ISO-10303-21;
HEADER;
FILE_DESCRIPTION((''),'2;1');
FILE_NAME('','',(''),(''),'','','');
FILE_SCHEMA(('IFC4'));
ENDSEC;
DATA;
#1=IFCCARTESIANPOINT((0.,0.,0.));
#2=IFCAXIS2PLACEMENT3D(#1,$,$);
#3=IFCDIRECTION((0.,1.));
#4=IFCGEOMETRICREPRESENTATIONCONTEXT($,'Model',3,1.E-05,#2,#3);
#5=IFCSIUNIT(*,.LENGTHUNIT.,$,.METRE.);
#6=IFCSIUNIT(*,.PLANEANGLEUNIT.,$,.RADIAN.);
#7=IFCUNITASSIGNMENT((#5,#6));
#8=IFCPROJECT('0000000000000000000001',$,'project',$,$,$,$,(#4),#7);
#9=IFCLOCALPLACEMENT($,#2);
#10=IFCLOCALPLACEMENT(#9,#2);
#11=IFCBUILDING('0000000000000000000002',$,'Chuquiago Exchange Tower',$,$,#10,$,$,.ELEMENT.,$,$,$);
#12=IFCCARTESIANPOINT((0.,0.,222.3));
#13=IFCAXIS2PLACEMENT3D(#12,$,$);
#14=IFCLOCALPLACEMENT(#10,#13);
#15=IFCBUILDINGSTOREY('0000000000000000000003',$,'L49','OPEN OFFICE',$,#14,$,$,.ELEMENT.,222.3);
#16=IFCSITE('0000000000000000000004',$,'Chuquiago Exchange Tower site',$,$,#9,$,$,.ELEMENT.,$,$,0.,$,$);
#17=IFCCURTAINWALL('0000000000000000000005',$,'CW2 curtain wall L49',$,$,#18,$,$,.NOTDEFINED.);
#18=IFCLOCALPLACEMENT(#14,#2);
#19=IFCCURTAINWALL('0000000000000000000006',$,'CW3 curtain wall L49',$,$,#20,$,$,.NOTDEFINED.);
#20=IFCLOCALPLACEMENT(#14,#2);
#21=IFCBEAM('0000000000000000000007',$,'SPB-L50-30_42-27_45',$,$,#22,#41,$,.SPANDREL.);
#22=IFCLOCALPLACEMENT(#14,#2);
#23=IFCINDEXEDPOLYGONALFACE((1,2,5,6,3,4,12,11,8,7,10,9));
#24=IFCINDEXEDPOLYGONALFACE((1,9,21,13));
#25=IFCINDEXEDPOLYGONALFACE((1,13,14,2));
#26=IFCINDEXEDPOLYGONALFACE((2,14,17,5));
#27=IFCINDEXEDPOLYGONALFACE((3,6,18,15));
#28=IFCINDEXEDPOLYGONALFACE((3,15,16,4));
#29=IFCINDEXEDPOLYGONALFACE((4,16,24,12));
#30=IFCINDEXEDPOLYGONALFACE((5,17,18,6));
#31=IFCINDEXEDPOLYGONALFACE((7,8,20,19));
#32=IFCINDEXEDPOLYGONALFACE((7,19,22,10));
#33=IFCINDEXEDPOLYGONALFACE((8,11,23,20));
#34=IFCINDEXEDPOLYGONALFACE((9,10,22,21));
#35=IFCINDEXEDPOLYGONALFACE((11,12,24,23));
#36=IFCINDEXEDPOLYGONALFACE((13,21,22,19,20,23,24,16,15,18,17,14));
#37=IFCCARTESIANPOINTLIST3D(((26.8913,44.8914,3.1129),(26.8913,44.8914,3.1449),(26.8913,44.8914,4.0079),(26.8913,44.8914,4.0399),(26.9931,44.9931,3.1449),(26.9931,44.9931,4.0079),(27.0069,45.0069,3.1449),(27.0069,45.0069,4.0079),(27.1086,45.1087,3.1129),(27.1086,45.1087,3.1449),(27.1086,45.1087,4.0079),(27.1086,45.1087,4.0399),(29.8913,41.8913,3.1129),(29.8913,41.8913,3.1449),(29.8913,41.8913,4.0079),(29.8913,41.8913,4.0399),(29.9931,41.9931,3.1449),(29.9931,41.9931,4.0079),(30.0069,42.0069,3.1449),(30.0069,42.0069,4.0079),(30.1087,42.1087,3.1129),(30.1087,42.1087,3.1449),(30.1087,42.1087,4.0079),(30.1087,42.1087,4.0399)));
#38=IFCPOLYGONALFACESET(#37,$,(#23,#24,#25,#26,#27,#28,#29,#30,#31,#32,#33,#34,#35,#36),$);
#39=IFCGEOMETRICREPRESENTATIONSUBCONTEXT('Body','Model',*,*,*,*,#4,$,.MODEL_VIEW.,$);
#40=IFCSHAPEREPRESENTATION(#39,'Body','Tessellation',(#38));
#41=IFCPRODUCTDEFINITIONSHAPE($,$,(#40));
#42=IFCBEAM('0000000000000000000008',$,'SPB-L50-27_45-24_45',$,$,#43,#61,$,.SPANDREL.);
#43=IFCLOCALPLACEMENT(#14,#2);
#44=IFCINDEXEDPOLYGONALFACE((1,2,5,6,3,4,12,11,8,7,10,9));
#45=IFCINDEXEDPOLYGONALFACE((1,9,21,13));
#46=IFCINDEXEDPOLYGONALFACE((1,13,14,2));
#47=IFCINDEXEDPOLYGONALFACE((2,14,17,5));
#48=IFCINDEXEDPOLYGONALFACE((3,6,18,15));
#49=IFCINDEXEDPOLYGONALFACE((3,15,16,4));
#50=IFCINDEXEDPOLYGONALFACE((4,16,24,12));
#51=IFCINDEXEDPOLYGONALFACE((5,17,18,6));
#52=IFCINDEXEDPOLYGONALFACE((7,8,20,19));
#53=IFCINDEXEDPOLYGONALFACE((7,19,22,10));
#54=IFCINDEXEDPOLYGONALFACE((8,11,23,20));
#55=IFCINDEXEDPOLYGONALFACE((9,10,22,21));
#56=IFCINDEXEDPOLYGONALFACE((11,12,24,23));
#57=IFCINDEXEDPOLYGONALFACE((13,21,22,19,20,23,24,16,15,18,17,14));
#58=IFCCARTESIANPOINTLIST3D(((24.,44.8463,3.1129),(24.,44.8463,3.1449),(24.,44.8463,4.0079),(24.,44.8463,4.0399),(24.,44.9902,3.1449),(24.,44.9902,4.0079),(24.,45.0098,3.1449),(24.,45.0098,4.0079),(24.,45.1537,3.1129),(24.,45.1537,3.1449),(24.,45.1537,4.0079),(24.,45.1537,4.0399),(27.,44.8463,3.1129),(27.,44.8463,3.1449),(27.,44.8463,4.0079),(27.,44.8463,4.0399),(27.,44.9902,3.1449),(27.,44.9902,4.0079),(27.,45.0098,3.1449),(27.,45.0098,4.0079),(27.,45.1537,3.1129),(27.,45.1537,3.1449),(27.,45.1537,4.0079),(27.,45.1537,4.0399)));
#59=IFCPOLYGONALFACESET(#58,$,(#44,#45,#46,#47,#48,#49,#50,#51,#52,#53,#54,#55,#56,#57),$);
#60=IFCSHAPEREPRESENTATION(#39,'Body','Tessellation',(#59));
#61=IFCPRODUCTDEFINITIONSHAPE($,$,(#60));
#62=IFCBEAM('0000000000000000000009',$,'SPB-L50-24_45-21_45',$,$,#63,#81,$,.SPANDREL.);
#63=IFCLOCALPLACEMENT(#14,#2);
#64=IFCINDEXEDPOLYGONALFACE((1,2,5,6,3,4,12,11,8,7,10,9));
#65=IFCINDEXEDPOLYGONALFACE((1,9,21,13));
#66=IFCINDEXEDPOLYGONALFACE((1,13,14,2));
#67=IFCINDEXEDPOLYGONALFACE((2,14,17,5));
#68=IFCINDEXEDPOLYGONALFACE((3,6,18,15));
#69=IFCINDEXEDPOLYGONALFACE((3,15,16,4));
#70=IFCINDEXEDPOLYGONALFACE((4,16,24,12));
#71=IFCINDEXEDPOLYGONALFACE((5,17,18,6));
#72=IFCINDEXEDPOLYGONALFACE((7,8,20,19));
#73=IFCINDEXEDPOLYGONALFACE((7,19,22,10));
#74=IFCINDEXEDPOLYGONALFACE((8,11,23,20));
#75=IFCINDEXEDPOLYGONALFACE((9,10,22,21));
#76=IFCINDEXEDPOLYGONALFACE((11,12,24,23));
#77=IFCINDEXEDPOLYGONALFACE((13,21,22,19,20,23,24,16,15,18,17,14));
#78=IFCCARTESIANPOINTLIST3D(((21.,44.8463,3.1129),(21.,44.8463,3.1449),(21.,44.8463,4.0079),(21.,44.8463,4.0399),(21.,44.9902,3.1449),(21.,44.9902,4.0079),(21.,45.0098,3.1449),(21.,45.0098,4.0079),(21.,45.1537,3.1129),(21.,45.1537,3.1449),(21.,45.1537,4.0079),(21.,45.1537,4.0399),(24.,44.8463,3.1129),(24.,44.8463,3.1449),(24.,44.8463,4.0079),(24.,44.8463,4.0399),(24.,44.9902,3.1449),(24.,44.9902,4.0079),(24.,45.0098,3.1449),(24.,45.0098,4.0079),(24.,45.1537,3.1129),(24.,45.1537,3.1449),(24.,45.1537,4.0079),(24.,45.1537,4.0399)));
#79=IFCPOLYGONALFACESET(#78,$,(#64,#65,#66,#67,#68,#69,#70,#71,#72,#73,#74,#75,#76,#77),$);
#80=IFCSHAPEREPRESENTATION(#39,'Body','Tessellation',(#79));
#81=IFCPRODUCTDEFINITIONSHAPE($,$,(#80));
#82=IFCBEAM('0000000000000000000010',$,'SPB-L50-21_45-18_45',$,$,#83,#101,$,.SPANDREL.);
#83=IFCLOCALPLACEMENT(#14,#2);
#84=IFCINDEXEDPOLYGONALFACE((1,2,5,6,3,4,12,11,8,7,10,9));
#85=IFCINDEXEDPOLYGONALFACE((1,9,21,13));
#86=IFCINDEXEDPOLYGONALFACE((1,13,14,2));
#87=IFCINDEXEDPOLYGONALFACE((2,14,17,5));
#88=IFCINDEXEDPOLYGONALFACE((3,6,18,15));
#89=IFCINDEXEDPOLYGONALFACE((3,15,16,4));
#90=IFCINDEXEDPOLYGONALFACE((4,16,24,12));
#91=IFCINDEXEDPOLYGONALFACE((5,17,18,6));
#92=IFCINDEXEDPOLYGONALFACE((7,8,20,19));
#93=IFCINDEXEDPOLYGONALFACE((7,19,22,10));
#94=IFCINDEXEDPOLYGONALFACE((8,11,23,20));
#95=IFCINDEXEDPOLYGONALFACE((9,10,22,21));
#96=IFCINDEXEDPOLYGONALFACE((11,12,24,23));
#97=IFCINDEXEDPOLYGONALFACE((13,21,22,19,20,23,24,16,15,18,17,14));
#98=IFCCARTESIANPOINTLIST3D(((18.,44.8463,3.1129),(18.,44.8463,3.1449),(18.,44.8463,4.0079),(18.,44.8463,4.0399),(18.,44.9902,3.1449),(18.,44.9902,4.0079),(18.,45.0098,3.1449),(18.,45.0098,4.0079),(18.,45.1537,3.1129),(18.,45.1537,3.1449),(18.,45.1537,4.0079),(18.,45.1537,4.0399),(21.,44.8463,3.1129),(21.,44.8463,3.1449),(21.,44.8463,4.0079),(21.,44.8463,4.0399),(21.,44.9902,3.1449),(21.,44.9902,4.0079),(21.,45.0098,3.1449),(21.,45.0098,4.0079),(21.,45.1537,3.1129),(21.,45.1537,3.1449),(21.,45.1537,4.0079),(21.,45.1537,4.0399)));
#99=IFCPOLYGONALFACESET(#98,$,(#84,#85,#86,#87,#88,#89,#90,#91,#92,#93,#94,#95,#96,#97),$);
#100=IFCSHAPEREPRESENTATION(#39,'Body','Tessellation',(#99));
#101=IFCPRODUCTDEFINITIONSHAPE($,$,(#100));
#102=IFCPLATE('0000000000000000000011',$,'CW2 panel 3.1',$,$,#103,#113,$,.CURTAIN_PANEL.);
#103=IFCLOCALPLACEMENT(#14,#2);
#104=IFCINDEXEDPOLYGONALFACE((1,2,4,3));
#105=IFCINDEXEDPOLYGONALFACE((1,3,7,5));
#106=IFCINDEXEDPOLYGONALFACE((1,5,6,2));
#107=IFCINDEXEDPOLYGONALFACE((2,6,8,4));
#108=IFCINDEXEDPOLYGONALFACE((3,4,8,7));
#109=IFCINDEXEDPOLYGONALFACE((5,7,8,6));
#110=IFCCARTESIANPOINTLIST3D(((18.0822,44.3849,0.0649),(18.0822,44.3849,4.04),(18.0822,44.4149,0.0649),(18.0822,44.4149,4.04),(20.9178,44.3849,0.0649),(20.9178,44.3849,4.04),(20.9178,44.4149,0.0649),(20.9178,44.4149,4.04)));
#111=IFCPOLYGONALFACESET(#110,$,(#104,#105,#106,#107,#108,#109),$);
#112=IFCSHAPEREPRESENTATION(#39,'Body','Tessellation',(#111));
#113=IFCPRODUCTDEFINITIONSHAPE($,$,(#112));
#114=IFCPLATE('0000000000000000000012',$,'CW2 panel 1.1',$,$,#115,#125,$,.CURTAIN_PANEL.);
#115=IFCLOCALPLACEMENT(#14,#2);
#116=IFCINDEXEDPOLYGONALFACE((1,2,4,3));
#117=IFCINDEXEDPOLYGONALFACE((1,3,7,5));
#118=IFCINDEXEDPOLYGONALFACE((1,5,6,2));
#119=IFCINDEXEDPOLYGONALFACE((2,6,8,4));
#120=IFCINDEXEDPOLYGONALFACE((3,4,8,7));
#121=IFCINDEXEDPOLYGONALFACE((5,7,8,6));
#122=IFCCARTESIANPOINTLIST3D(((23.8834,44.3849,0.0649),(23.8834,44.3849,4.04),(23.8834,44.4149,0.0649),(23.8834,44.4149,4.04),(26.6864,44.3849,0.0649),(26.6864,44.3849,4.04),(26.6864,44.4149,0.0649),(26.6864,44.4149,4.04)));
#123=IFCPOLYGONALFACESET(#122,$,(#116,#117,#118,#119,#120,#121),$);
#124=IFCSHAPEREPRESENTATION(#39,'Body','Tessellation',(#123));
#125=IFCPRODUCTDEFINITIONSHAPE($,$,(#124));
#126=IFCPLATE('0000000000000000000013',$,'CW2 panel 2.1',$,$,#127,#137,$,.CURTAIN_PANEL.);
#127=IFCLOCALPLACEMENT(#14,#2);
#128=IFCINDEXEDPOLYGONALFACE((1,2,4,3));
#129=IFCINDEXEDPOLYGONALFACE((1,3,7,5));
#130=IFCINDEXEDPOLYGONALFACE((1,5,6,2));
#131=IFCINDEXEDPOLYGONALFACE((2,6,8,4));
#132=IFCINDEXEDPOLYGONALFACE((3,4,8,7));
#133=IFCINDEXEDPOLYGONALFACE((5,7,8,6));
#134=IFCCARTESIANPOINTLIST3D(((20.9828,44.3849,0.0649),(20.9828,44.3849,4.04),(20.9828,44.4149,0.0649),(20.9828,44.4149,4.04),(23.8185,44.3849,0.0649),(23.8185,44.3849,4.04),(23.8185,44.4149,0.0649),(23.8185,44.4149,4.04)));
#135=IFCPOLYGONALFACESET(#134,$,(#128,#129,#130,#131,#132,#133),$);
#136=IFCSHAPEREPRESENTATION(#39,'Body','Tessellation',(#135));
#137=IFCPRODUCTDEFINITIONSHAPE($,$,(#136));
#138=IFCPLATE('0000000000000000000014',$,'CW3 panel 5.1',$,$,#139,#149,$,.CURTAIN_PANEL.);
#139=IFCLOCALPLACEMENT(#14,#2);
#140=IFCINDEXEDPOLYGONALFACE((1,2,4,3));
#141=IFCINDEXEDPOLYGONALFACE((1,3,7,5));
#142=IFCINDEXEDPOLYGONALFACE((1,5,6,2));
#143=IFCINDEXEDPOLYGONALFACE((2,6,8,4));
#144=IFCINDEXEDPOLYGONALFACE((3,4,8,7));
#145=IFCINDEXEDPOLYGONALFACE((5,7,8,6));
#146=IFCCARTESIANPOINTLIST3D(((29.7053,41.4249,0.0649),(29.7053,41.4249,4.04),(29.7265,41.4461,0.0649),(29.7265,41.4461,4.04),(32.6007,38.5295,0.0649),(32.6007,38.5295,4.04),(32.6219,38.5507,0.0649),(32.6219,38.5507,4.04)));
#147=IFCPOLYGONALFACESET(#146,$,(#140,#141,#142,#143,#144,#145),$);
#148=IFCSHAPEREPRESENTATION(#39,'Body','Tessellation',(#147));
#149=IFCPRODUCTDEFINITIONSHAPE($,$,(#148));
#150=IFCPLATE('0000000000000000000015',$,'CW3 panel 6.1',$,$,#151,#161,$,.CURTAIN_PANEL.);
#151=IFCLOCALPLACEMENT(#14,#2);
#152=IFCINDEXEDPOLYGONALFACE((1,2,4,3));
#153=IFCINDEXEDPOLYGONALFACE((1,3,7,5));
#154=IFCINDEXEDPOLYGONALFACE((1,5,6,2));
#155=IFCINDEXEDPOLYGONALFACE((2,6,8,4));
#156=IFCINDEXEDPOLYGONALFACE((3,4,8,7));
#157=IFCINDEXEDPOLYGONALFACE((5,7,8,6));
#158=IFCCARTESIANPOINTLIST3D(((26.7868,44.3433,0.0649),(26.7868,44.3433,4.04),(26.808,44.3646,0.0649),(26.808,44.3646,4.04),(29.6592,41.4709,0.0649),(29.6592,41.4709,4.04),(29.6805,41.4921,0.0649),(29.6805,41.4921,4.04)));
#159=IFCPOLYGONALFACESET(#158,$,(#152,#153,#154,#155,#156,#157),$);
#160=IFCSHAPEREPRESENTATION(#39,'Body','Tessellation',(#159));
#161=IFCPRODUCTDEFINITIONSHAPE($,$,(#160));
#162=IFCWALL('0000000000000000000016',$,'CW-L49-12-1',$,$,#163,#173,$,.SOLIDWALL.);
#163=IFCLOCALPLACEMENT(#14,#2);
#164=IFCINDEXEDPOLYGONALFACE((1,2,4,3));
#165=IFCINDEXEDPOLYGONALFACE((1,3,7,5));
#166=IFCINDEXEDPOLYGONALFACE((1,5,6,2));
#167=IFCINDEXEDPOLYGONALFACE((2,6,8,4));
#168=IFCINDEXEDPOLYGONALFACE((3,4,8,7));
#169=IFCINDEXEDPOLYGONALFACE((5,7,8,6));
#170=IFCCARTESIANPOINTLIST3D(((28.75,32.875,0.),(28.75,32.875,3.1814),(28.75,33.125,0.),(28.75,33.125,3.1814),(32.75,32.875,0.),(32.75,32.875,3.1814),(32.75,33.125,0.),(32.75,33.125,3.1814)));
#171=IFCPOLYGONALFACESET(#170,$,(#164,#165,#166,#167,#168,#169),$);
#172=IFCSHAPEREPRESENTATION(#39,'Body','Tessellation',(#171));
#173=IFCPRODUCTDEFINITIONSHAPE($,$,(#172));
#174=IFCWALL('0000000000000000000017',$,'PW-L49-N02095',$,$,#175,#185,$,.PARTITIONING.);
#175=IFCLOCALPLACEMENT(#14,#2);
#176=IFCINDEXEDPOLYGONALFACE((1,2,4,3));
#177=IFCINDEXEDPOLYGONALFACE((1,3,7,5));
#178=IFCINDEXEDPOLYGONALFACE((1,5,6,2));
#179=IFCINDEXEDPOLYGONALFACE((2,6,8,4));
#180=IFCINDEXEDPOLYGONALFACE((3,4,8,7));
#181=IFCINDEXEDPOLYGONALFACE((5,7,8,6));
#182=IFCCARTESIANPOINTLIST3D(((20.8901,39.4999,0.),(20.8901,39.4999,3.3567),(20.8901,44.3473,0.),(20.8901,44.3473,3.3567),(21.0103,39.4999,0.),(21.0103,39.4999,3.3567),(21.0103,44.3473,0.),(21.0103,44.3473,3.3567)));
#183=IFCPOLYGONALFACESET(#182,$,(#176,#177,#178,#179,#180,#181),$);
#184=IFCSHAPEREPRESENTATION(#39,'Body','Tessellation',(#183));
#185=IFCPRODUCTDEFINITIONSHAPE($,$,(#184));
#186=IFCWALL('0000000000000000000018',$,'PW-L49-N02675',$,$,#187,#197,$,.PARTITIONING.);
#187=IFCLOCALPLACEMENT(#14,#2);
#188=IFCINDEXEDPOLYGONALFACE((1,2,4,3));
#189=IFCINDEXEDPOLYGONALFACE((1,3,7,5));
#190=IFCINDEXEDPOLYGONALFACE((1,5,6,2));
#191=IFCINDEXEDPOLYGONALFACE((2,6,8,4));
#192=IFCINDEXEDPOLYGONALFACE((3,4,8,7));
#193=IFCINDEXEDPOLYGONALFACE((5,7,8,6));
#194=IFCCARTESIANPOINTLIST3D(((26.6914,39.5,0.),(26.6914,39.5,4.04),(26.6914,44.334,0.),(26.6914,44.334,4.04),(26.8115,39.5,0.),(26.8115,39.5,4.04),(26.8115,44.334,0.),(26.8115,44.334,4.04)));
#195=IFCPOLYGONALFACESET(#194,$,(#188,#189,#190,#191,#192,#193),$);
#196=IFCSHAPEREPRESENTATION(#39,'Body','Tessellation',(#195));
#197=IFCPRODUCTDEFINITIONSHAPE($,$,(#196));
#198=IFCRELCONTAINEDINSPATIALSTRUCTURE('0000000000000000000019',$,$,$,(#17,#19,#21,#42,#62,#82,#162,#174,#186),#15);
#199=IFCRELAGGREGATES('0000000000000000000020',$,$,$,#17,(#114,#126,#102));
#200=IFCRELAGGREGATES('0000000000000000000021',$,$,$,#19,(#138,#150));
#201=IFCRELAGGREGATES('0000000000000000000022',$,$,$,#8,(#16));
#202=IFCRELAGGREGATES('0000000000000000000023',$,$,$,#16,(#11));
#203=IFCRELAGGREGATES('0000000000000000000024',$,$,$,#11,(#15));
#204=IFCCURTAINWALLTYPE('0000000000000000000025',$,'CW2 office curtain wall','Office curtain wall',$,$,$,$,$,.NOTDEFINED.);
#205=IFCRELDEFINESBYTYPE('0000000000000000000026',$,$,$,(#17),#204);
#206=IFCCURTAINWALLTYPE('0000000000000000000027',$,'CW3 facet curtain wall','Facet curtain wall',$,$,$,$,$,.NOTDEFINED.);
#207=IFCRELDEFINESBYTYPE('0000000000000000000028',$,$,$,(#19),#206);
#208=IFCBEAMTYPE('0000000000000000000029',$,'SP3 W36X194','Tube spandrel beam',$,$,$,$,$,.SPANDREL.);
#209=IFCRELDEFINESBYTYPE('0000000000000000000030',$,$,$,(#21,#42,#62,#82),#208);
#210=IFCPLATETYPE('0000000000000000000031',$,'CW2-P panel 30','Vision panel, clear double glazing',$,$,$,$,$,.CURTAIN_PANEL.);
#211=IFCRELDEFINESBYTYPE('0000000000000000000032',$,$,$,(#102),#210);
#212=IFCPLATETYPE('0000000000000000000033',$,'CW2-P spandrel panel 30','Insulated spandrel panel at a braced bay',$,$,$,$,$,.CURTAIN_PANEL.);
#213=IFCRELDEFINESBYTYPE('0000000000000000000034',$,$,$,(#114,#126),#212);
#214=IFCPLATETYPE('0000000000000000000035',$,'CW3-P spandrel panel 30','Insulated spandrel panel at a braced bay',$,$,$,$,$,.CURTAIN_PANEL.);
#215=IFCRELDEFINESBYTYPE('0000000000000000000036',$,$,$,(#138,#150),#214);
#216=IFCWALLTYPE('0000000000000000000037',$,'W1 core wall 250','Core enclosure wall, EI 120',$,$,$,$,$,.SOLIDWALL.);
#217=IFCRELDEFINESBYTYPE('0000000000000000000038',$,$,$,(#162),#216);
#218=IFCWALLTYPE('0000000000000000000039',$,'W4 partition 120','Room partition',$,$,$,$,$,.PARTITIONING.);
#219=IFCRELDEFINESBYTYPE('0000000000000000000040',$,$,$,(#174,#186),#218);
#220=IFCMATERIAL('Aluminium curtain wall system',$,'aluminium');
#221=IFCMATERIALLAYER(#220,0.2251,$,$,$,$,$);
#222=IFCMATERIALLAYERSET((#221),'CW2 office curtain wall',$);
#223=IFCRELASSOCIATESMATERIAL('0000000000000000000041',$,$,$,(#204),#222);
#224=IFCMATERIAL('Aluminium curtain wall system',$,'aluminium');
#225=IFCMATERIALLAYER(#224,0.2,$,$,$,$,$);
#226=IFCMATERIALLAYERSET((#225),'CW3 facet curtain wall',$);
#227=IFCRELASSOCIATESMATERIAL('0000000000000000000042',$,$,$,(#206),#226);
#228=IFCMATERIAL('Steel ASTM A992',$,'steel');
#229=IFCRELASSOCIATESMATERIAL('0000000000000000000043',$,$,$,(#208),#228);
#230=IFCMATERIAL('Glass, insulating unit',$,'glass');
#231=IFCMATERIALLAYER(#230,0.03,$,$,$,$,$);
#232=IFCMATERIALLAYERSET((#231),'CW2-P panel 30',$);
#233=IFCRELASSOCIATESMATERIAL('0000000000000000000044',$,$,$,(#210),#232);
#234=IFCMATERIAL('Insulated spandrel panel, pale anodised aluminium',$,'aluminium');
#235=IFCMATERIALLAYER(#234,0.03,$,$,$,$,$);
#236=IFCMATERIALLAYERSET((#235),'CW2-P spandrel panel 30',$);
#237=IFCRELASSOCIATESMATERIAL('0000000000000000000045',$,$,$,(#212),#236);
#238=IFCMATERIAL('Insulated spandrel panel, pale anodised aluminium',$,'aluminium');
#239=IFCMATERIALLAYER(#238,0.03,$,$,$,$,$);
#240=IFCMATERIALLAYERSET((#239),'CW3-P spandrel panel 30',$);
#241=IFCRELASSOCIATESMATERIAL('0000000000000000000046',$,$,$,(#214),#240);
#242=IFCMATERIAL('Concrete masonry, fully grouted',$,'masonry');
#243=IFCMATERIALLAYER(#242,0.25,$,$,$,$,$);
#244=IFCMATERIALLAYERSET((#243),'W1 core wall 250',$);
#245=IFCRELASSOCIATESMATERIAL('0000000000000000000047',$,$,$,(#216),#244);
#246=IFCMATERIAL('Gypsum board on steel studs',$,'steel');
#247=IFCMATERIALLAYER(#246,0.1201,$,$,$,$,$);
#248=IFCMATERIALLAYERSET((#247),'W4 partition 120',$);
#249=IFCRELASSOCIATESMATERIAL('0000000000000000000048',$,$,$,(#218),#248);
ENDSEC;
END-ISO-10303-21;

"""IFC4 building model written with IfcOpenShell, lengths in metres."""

from ifc_helpers import new_model, si_unit, direction, frame, frame_2d, origin, origin_2d, place, context, subcontext, project, spatial, rectangle, i_section, extrude, material, layer, layer_set, material_profile, profile_set, type_object, element, aggregate, save


model = new_model("IFC4")

# Units and contexts
model_context = context("Model", 3, precision=1e-05, world=origin(), true_north=direction((0.0, 1.0)))
body_context = subcontext(model_context, "Body", "Model", "MODEL_VIEW")
ifc_project = project(units=[si_unit("LENGTHUNIT", "METRE"), si_unit("PLANEANGLEUNIT", "RADIAN")], contexts=[model_context])

# Site, building, storey
site_placement = place(None, origin())
site = spatial("IfcSite", under=ifc_project, at=site_placement, Name="Chuquiago Exchange Tower site", CompositionType="ELEMENT", RefElevation=0.0)
building_placement = place(site_placement, origin())
building = spatial("IfcBuilding", under=site, at=building_placement, Name="Chuquiago Exchange Tower", CompositionType="ELEMENT")
storey_placement = place(building_placement, frame((0.0, 0.0, 222.3)))
storey = spatial("IfcBuildingStorey", under=building, at=storey_placement, Name="L49", Description="OPEN OFFICE", CompositionType="ELEMENT", Elevation=222.3)

# Curtain walls
ifc_material_1 = material(Name="Aluminium curtain wall system", Category="aluminium")
ifc_layer_1 = layer(ifc_material_1, 0.2251)
ifc_layer_set_1 = layer_set([ifc_layer_1], Name="CW2 office curtain wall")
curtain_wall_type_1 = type_object("IfcCurtainWallType", Name="CW2 office curtain wall", Description="Office curtain wall", PredefinedType="NOTDEFINED", material=ifc_layer_set_1)
curtain_wall_1_placement = place(storey_placement, origin())
curtain_wall_1 = element("IfcCurtainWall", 1, at=curtain_wall_1_placement, inside=storey, type_object=curtain_wall_type_1, Name="CW2 curtain wall L49", PredefinedType="NOTDEFINED")
ifc_material_2 = material(Name="Aluminium curtain wall system", Category="aluminium")
ifc_layer_2 = layer(ifc_material_2, 0.2)
ifc_layer_set_2 = layer_set([ifc_layer_2], Name="CW3 facet curtain wall")
curtain_wall_type_2 = type_object("IfcCurtainWallType", Name="CW3 facet curtain wall", Description="Facet curtain wall", PredefinedType="NOTDEFINED", material=ifc_layer_set_2)
curtain_wall_2_placement = place(storey_placement, origin())
curtain_wall_2 = element("IfcCurtainWall", 2, at=curtain_wall_2_placement, inside=storey, type_object=curtain_wall_type_2, Name="CW3 curtain wall L49", PredefinedType="NOTDEFINED")

# Beams
ifc_material_3 = material(Name="Steel ASTM A992", Category="steel")
ifc_material_profile_1 = material_profile(ifc_material_3, i_section(OverallWidth=0.3074, OverallDepth=0.927, WebThickness=0.0195, FlangeThickness=0.032, at=origin_2d()), Name="W36X194")
ifc_profile_set_1 = profile_set([ifc_material_profile_1], Name="Steel ASTM A992")
beam_type_1 = type_object("IfcBeamType", Name="SP3 W36X194", Description="Tube spandrel beam", PredefinedType="SPANDREL", material=ifc_profile_set_1)
beam_1_placement = place(storey_placement, frame((30.0, 42.0, 3.5764), z_axis=(-0.707107, 0.707107, 0.0), x_axis=(-0.707107, -0.707107, 0.0)))
element("IfcBeam", 3, at=beam_1_placement, inside=storey, type_object=beam_type_1, Name="SPB-L50-30_42-27_45", PredefinedType="SPANDREL", context=body_context, shape_type="SweptSolid", body=[
    extrude(i_section(OverallWidth=0.3074, OverallDepth=0.927, WebThickness=0.0195, FlangeThickness=0.032, at=origin_2d()), origin(), (0.0, 0.0, 1.0), 4.2427),
])
for number, where, z_axis, x_axis, name in (
    (4, (27.0, 45.0, 3.5764), (-1.0, 0.0, 0.0), (0.0, -1.0, 0.0), "SPB-L50-27_45-24_45"),
    (5, (24.0, 45.0, 3.5764), (-1.0, 0.0, 0.0), (0.0, -1.0, 0.0), "SPB-L50-24_45-21_45"),
    (6, (21.0, 45.0, 3.5764), (-1.0, 0.0, 0.0), (0.0, -1.0, 0.0), "SPB-L50-21_45-18_45"),
):
    element("IfcBeam", number, at=place(storey_placement, frame(where, z_axis=z_axis, x_axis=x_axis)), inside=storey, type_object=beam_type_1, Name=name, PredefinedType="SPANDREL", context=body_context, shape_type="SweptSolid", body=[
        extrude(i_section(OverallWidth=0.3074, OverallDepth=0.927, WebThickness=0.0195, FlangeThickness=0.032, at=origin_2d()), origin(), (0.0, 0.0, 1.0), 3.0),
    ])

# Plates
ifc_material_4 = material(Name="Glass, insulating unit", Category="glass")
ifc_layer_3 = layer(ifc_material_4, 0.03)
ifc_layer_set_3 = layer_set([ifc_layer_3], Name="CW2-P panel 30")
plate_type_1 = type_object("IfcPlateType", Name="CW2-P panel 30", Description="Vision panel, clear double glazing", PredefinedType="CURTAIN_PANEL", material=ifc_layer_set_3)
plate_1_placement = place(storey_placement, frame((19.5, 44.3999, 0.0649), z_axis=(0.0, 0.0, 1.0), x_axis=(-1.0, 0.0, 0.0)))
plate_1 = element("IfcPlate", 7, at=plate_1_placement, type_object=plate_type_1, Name="CW2 panel 3.1", PredefinedType="CURTAIN_PANEL", context=body_context, shape_type="SweptSolid", body=[
    extrude(rectangle(XDim=2.8357, YDim=0.03, at=origin_2d()), origin(), (0.0, 0.0, 1.0), 3.9751),
])
ifc_material_5 = material(Name="Insulated spandrel panel, pale anodised aluminium", Category="aluminium")
ifc_layer_4 = layer(ifc_material_5, 0.03)
ifc_layer_set_4 = layer_set([ifc_layer_4], Name="CW2-P spandrel panel 30")
plate_type_2 = type_object("IfcPlateType", Name="CW2-P spandrel panel 30", Description="Insulated spandrel panel at a braced bay", PredefinedType="CURTAIN_PANEL", material=ifc_layer_set_4)
plate_2_placement = place(storey_placement, frame((25.2849, 44.3999, 0.0649), z_axis=(0.0, 0.0, 1.0), x_axis=(-1.0, 0.0, 0.0)))
plate_2 = element("IfcPlate", 8, at=plate_2_placement, type_object=plate_type_2, Name="CW2 panel 1.1", PredefinedType="CURTAIN_PANEL", context=body_context, shape_type="SweptSolid", body=[
    extrude(rectangle(XDim=2.803, YDim=0.03, at=origin_2d()), origin(), (0.0, 0.0, 1.0), 3.9751),
])
plate_3_placement = place(storey_placement, frame((22.4006, 44.3999, 0.0649), z_axis=(0.0, 0.0, 1.0), x_axis=(-1.0, 0.0, 0.0)))
plate_3 = element("IfcPlate", 9, at=plate_3_placement, type_object=plate_type_2, Name="CW2 panel 2.1", PredefinedType="CURTAIN_PANEL", context=body_context, shape_type="SweptSolid", body=[
    extrude(rectangle(XDim=2.8357, YDim=0.03, at=origin_2d()), origin(), (0.0, 0.0, 1.0), 3.9751),
])
aggregate(curtain_wall_1, [plate_2, plate_3, plate_1])
ifc_material_6 = material(Name="Insulated spandrel panel, pale anodised aluminium", Category="aluminium")
ifc_layer_5 = layer(ifc_material_6, 0.03)
ifc_layer_set_5 = layer_set([ifc_layer_5], Name="CW3-P spandrel panel 30")
plate_type_3 = type_object("IfcPlateType", Name="CW3-P spandrel panel 30", Description="Insulated spandrel panel at a braced bay", PredefinedType="CURTAIN_PANEL", material=ifc_layer_set_5)
plate_4_placement = place(storey_placement, frame((31.1636, 39.9878, 0.0649), z_axis=(0.0, 0.0, 1.0), x_axis=(-0.707107, 0.707107, 0.0)))
plate_4 = element("IfcPlate", 10, at=plate_4_placement, type_object=plate_type_3, Name="CW3 panel 5.1", PredefinedType="CURTAIN_PANEL", context=body_context, shape_type="SweptSolid", body=[
    extrude(rectangle(XDim=4.0947, YDim=0.03, at=origin_2d()), origin(), (0.0, 0.0, 1.0), 3.9751),
])
plate_5_placement = place(storey_placement, frame((28.2336, 42.9177, 0.0649), z_axis=(0.0, 0.0, 1.0), x_axis=(-0.707107, 0.707107, 0.0)))
plate_5 = element("IfcPlate", 11, at=plate_5_placement, type_object=plate_type_3, Name="CW3 panel 6.1", PredefinedType="CURTAIN_PANEL", context=body_context, shape_type="SweptSolid", body=[
    extrude(rectangle(XDim=4.0623, YDim=0.03, at=origin_2d()), origin(), (0.0, 0.0, 1.0), 3.9751),
])
aggregate(curtain_wall_2, [plate_4, plate_5])

# Walls
ifc_material_7 = material(Name="Concrete masonry, fully grouted", Category="masonry")
ifc_layer_6 = layer(ifc_material_7, 0.25)
ifc_layer_set_6 = layer_set([ifc_layer_6], Name="W1 core wall 250")
wall_type_1 = type_object("IfcWallType", Name="W1 core wall 250", Description="Core enclosure wall, EI 120", PredefinedType="SOLIDWALL", material=ifc_layer_set_6)
wall_1_placement = place(storey_placement, frame((28.75, 33.0, 0.0), z_axis=(0.0, 0.0, 1.0), x_axis=(1.0, 0.0, 0.0)))
element("IfcWall", 12, at=wall_1_placement, inside=storey, type_object=wall_type_1, Name="CW-L49-12-1", PredefinedType="SOLIDWALL", context=body_context, shape_type="SweptSolid", body=[
    extrude(rectangle(XDim=4.0, YDim=0.25, at=frame_2d((2.0, 0.0))), origin(), (0.0, 0.0, 1.0), 3.1814),
])
ifc_material_8 = material(Name="Gypsum board on steel studs", Category="steel")
ifc_layer_7 = layer(ifc_material_8, 0.1201)
ifc_layer_set_7 = layer_set([ifc_layer_7], Name="W4 partition 120")
wall_type_2 = type_object("IfcWallType", Name="W4 partition 120", Description="Room partition", PredefinedType="PARTITIONING", material=ifc_layer_set_7)
wall_2_placement = place(storey_placement, frame((20.9502, 44.3474, 0.0), z_axis=(0.0, 0.0, 1.0), x_axis=(0.0, -1.0, 0.0)))
element("IfcWall", 13, at=wall_2_placement, inside=storey, type_object=wall_type_2, Name="PW-L49-N02095", PredefinedType="PARTITIONING", context=body_context, shape_type="SweptSolid", body=[
    extrude(rectangle(XDim=4.8474, YDim=0.1201, at=frame_2d((2.4238, 0.0))), origin(), (0.0, 0.0, 1.0), 3.3567),
])
wall_3_placement = place(storey_placement, frame((26.7515, 44.334, 0.0), z_axis=(0.0, 0.0, 1.0), x_axis=(0.0, -1.0, 0.0)))
element("IfcWall", 14, at=wall_3_placement, inside=storey, type_object=wall_type_2, Name="PW-L49-N02675", PredefinedType="PARTITIONING", context=body_context, shape_type="SweptSolid", body=[
    extrude(rectangle(XDim=4.834, YDim=0.1201, at=frame_2d((2.417, 0.0))), origin(), (0.0, 0.0, 1.0), 4.04),
])

save(model, "model.ifc")
